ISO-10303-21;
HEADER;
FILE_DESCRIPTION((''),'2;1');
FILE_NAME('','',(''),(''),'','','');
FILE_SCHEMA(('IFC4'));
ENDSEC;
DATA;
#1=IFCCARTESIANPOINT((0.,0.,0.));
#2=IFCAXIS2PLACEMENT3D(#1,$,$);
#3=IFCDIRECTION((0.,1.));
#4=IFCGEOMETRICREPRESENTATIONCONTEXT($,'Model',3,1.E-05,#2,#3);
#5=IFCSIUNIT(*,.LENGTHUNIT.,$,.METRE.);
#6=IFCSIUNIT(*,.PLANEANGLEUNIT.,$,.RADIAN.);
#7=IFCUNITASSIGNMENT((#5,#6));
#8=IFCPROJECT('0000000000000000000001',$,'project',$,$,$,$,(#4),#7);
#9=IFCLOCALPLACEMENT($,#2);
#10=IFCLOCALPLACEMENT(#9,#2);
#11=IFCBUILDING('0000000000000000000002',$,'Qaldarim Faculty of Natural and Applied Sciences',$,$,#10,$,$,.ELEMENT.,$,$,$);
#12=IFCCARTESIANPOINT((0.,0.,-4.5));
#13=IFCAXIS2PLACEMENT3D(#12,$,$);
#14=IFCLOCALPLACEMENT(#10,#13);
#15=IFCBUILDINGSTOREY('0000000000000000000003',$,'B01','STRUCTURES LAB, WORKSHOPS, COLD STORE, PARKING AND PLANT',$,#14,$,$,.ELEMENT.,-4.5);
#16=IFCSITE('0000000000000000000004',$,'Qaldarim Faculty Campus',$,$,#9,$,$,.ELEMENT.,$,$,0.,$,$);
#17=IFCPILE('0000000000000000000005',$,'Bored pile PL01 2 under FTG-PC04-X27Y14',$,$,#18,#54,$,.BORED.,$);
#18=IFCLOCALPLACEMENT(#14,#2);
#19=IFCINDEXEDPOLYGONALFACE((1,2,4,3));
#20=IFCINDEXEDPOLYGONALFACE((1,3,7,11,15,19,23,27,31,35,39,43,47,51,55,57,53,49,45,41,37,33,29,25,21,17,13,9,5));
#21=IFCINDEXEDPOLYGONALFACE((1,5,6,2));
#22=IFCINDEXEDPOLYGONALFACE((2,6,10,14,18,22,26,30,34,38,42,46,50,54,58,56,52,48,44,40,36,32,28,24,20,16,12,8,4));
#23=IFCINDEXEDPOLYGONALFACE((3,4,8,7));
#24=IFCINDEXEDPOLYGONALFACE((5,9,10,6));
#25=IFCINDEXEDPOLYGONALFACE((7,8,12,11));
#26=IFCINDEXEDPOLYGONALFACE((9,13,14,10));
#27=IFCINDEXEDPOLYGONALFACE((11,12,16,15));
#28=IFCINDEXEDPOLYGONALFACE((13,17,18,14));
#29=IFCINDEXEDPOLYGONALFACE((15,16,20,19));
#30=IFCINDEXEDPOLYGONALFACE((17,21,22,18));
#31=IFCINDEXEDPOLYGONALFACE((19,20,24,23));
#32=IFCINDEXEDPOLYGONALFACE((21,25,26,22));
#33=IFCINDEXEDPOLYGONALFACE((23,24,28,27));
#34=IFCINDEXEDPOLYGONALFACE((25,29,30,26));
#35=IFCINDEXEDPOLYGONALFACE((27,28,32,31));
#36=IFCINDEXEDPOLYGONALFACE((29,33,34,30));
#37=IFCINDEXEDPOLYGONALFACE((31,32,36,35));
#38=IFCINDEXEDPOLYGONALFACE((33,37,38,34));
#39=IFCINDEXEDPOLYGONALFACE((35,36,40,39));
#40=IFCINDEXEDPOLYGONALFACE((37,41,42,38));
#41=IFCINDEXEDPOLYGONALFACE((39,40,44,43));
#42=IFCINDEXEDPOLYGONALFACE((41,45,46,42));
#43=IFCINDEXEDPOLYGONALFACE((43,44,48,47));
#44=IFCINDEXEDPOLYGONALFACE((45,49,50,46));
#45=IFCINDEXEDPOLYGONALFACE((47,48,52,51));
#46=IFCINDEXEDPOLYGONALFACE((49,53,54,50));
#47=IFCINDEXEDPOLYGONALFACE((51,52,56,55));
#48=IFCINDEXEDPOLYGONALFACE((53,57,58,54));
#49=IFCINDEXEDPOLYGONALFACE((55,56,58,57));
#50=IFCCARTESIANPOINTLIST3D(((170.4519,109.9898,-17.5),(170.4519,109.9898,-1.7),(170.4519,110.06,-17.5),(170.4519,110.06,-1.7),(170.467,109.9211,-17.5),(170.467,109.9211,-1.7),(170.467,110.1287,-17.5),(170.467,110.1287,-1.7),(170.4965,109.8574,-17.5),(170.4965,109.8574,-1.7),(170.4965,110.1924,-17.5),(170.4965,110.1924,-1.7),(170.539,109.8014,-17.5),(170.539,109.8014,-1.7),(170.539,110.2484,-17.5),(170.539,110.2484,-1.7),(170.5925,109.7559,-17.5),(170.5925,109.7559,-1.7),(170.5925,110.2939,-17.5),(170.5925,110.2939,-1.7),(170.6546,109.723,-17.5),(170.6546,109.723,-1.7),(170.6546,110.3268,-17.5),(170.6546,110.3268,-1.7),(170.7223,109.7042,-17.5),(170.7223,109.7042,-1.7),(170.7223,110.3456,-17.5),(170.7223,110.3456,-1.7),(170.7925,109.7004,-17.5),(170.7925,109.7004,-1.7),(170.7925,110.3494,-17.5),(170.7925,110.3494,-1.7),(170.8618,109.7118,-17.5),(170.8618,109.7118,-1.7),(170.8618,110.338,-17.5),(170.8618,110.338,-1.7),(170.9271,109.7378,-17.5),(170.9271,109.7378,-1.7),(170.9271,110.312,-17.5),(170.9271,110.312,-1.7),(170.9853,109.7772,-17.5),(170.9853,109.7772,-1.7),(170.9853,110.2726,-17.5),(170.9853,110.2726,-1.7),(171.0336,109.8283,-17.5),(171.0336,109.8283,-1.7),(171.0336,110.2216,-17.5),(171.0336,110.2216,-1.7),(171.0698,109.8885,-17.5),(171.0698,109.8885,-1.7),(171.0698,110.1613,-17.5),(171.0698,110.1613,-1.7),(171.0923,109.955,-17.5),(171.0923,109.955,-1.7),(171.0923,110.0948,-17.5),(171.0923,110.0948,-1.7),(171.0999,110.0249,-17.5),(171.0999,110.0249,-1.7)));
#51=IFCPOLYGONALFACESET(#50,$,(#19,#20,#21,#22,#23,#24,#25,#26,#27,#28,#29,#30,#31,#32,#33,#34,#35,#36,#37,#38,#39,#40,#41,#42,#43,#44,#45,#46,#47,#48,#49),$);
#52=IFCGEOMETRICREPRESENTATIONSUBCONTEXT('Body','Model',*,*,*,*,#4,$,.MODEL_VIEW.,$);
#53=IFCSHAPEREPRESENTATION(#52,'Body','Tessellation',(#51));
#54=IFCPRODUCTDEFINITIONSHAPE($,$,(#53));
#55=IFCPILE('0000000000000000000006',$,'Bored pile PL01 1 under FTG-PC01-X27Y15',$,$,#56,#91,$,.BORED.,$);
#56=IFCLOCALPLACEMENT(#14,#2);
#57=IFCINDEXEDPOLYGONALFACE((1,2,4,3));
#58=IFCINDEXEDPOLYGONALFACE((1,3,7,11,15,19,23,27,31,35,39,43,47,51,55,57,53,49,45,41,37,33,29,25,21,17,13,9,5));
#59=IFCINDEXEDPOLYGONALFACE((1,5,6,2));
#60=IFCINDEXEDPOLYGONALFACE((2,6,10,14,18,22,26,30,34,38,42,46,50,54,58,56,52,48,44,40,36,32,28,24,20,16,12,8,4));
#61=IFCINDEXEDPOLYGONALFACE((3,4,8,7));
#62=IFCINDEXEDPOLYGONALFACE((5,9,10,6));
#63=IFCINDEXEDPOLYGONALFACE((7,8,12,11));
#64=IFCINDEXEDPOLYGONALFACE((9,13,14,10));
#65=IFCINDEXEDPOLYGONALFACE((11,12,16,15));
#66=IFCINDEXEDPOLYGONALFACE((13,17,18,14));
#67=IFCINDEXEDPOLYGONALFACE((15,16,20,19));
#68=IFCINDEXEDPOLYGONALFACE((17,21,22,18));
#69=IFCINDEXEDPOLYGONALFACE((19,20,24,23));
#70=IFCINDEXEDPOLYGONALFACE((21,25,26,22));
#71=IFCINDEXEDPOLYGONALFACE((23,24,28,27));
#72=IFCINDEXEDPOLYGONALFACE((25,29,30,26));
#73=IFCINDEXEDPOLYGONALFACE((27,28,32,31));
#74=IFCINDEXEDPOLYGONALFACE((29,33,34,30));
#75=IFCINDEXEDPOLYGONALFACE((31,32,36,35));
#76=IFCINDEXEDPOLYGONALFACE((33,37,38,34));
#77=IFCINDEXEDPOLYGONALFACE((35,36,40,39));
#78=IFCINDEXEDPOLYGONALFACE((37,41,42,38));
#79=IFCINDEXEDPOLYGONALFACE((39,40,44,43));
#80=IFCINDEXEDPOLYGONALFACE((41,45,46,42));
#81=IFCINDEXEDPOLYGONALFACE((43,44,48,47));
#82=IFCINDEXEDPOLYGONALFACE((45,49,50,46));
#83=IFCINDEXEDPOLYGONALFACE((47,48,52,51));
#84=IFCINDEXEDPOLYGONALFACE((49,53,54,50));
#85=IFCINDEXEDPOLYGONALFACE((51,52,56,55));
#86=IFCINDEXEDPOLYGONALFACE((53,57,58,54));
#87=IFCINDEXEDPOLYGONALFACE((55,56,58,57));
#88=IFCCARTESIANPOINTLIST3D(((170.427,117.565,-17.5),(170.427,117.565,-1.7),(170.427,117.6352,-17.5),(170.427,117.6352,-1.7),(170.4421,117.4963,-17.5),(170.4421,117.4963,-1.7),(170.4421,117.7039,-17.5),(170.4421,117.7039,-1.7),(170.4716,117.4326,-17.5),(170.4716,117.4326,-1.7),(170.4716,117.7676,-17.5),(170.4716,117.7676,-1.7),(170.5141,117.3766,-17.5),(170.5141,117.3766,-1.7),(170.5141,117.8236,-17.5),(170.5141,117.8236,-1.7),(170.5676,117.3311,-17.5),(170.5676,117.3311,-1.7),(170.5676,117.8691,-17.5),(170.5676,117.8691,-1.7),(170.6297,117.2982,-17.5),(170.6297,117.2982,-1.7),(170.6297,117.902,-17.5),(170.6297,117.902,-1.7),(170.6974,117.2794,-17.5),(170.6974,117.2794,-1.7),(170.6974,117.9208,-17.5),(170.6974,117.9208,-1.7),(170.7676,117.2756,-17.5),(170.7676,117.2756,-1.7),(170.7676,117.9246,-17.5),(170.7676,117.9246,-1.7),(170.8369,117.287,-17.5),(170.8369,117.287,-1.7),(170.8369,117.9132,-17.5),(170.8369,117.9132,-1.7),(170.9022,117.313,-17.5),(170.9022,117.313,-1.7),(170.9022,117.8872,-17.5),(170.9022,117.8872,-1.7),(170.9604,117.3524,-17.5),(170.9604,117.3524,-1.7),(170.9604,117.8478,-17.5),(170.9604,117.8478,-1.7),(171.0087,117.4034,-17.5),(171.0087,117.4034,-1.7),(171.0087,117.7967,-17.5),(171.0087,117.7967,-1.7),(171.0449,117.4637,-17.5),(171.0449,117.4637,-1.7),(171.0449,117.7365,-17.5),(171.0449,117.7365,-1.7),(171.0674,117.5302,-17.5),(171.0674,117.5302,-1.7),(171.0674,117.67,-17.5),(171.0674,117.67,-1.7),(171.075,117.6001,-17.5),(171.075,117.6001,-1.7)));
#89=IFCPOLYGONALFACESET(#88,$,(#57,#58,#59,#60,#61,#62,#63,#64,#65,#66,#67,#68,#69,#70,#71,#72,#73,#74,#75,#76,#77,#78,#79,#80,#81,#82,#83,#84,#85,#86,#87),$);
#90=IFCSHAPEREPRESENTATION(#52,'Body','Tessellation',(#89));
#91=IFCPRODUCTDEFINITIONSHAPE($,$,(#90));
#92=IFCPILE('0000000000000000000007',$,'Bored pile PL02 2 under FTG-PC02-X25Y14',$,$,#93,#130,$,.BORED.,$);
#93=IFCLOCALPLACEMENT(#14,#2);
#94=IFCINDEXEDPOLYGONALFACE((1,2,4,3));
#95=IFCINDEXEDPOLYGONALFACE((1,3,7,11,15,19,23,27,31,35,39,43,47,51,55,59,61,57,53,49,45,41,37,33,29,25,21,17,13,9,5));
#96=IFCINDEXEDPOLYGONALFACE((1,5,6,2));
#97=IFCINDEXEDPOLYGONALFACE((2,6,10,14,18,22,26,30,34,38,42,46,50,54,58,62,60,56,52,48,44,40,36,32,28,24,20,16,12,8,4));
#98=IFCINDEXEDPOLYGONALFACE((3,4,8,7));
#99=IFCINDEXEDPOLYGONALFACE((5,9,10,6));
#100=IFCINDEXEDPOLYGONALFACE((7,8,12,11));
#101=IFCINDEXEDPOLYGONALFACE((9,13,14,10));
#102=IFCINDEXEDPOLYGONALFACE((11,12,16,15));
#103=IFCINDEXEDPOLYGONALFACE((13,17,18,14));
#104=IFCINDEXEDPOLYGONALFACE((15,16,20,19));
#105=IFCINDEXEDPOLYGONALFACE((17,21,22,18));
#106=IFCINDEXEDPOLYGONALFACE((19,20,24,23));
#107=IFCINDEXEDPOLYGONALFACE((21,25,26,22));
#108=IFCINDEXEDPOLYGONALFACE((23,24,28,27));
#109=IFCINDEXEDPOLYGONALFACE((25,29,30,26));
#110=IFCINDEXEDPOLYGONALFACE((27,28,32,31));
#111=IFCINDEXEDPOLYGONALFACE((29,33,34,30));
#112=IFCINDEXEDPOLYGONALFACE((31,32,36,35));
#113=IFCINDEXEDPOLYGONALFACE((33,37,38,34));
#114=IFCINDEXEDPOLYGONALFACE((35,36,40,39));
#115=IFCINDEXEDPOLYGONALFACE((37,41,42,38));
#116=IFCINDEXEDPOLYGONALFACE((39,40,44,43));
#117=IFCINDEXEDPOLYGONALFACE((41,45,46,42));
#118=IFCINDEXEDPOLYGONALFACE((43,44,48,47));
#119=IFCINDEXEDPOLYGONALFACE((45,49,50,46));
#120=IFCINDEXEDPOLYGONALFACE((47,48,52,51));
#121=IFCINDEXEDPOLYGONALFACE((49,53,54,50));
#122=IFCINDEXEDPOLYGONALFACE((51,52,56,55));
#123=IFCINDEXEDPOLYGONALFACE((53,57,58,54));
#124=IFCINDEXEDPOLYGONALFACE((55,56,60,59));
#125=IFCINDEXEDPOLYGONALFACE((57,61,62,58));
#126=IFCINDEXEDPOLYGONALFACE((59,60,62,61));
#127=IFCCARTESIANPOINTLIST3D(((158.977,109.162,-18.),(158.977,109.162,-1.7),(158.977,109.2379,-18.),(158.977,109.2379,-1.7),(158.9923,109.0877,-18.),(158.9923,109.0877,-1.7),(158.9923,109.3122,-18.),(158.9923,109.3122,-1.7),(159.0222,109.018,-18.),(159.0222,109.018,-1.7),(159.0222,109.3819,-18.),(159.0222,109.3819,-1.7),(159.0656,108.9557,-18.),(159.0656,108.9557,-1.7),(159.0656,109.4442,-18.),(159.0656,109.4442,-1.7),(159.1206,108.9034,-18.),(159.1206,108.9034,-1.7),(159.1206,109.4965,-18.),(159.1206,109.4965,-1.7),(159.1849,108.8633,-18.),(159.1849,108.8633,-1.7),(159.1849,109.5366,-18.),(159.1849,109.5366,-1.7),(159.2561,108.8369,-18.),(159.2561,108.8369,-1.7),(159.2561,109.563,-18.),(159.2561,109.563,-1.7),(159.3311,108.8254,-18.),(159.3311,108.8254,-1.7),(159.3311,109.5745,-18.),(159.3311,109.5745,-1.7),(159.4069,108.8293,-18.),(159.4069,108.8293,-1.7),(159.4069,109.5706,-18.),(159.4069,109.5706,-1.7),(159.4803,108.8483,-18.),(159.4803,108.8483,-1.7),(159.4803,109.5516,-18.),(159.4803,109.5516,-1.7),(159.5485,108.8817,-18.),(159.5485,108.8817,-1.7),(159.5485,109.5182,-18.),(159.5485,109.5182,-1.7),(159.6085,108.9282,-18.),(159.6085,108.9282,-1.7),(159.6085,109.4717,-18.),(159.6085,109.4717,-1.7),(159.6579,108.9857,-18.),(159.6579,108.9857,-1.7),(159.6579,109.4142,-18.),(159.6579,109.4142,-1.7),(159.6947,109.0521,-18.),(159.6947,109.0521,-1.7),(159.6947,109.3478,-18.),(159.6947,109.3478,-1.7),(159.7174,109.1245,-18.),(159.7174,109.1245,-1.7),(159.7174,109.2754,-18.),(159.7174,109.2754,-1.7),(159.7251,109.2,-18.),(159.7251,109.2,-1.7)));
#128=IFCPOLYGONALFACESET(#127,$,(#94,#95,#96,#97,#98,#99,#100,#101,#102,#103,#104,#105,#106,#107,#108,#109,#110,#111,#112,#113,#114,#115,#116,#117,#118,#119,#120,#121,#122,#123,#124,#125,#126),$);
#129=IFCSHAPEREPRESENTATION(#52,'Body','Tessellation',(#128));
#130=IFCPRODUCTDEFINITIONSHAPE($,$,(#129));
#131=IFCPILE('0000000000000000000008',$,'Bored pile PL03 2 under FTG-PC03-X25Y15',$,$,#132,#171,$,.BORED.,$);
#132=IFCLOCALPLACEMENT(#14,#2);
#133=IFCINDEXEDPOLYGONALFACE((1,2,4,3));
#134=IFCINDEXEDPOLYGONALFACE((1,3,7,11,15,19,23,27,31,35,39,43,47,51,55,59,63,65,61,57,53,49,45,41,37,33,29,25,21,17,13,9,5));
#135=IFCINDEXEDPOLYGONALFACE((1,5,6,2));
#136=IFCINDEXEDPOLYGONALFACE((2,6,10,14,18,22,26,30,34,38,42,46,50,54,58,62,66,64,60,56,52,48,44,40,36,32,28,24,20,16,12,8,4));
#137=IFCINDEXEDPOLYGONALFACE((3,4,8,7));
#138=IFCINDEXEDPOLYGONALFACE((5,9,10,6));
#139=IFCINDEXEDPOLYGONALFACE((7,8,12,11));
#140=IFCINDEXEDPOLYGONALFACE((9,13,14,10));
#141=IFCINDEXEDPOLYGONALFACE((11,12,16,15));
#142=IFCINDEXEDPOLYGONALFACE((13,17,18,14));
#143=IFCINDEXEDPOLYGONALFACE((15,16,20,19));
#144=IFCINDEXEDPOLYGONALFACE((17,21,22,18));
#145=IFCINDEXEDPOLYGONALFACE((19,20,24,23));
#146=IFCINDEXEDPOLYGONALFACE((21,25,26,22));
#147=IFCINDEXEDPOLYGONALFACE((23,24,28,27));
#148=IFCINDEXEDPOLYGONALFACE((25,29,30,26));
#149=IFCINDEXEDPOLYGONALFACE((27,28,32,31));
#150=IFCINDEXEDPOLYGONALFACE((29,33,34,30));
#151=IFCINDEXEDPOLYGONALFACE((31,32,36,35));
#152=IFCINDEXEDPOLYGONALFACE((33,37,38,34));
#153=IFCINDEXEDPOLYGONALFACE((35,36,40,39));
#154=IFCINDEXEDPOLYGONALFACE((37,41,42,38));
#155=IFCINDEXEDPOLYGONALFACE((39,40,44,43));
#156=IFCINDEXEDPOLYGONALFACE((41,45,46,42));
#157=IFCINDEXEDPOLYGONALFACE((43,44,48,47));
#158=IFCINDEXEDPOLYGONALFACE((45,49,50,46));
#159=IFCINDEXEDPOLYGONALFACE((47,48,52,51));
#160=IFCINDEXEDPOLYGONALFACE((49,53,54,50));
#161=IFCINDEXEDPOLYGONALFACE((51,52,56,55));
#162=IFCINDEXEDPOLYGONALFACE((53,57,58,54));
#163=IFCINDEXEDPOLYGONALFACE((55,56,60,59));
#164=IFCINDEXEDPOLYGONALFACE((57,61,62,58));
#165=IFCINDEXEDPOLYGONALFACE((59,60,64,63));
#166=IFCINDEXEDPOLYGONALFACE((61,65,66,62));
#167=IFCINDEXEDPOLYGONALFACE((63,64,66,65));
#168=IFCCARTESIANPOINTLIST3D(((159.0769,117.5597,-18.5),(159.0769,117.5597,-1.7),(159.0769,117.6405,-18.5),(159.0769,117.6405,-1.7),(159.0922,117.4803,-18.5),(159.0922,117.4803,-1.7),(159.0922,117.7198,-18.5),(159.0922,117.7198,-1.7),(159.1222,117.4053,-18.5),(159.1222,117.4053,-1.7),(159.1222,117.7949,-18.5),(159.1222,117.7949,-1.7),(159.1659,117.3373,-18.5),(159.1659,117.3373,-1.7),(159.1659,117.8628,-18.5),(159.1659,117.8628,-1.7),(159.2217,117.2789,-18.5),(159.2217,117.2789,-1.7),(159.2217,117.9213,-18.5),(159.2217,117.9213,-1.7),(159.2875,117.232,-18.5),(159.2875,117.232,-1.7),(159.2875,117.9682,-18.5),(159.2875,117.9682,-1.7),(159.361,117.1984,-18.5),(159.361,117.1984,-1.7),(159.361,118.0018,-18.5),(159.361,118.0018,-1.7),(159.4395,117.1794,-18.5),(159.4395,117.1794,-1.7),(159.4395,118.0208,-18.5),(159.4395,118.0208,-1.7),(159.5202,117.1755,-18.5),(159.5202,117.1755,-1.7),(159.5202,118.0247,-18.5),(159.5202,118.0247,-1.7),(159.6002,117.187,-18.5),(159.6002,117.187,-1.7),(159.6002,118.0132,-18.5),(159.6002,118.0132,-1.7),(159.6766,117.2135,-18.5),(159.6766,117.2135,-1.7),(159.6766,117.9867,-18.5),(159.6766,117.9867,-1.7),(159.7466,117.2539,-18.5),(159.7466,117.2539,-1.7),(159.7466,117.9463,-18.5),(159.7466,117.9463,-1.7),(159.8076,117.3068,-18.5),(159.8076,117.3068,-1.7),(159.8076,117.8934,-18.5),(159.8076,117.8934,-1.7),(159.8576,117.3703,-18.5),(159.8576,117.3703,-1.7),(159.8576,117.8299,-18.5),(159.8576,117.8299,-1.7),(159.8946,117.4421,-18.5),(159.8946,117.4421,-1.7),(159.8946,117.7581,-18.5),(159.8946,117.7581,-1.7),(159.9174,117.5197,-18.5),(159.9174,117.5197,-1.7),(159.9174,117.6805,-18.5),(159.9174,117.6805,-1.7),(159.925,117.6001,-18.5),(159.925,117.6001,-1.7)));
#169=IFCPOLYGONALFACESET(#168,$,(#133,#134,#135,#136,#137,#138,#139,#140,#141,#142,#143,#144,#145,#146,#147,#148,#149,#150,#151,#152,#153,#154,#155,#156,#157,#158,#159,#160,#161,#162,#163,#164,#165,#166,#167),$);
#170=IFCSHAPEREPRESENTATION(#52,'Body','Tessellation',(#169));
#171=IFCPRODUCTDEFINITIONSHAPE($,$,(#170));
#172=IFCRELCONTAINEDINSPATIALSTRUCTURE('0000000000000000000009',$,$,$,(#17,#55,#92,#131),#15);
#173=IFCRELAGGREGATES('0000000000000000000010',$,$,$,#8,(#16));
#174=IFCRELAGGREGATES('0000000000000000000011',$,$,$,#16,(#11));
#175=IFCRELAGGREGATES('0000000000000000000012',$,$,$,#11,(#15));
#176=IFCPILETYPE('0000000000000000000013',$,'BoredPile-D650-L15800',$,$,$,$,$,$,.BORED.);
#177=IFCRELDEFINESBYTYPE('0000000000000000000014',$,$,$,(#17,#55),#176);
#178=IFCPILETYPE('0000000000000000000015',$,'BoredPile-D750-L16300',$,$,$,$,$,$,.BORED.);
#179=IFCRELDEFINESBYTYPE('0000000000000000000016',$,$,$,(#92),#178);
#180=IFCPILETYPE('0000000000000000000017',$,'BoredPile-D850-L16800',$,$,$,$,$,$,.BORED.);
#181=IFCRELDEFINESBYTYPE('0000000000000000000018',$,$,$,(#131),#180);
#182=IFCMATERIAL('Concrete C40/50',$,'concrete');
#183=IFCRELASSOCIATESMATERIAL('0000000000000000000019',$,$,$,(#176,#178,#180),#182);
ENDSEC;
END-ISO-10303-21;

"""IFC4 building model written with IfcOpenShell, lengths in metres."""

from ifc_helpers import new_model, si_unit, direction, frame, origin, origin_2d, place, context, subcontext, project, spatial, circle, extrude, material, material_profile, profile_set, type_object, element, save


model = new_model("IFC4")

# Units and contexts
model_context = context("Model", 3, precision=1e-05, world=origin(), true_north=direction((0.0, 1.0)))
body_context = subcontext(model_context, "Body", "Model", "MODEL_VIEW")
ifc_project = project(units=[si_unit("LENGTHUNIT", "METRE"), si_unit("PLANEANGLEUNIT", "RADIAN")], contexts=[model_context])

# Site, building, storey
site_placement = place(None, origin())
site = spatial("IfcSite", under=ifc_project, at=site_placement, Name="Qaldarim Faculty Campus", CompositionType="ELEMENT", RefElevation=0.0)
building_placement = place(site_placement, origin())
building = spatial("IfcBuilding", under=site, at=building_placement, Name="Qaldarim Faculty of Natural and Applied Sciences", CompositionType="ELEMENT")
storey_placement = place(building_placement, frame((0.0, 0.0, -4.5)))
storey = spatial("IfcBuildingStorey", under=building, at=storey_placement, Name="B01", Description="STRUCTURES LAB, WORKSHOPS, COLD STORE, PARKING AND PLANT", CompositionType="ELEMENT", Elevation=-4.5)

# Piles
ifc_material_1 = material(Name="Concrete C40/50", Category="concrete")
ifc_material_profile_1 = material_profile(ifc_material_1, circle(Radius=0.325, at=origin_2d()), Name="PILE-D650")
ifc_profile_set_1 = profile_set([ifc_material_profile_1], Name="Concrete C40/50")
pile_type_1 = type_object("IfcPileType", Name="BoredPile-D650-L15800", PredefinedType="BORED", material=ifc_profile_set_1)
for number, where, z_axis, x_axis, name in (
    (1, (170.7749, 110.0249, -1.7), (0.0, 0.0, -1.0), (1.0, 0.0, 0.0), "Bored pile PL01 2 under FTG-PC04-X27Y14"),
    (2, (170.75, 117.6001, -1.7), (0.0, 0.0, -1.0), (1.0, 0.0, 0.0), "Bored pile PL01 1 under FTG-PC01-X27Y15"),
):
    element("IfcPile", number, at=place(storey_placement, frame(where, z_axis=z_axis, x_axis=x_axis)), inside=storey, type_object=pile_type_1, Name=name, PredefinedType="BORED", context=body_context, shape_type="SweptSolid", body=[
        extrude(circle(Radius=0.325, at=origin_2d()), origin(), (0.0, 0.0, 1.0), 15.8),
    ])
ifc_material_profile_2 = material_profile(ifc_material_1, circle(Radius=0.375, at=origin_2d()), Name="PILE-D750")
ifc_profile_set_2 = profile_set([ifc_material_profile_2], Name="Concrete C40/50")
pile_type_2 = type_object("IfcPileType", Name="BoredPile-D750-L16300", PredefinedType="BORED", material=ifc_profile_set_2)
pile_placement = place(storey_placement, frame((159.3501, 109.2, -1.7), z_axis=(0.0, 0.0, -1.0), x_axis=(1.0, 0.0, 0.0)))
element("IfcPile", 3, at=pile_placement, inside=storey, type_object=pile_type_2, Name="Bored pile PL02 2 under FTG-PC02-X25Y14", PredefinedType="BORED", context=body_context, shape_type="SweptSolid", body=[
    extrude(circle(Radius=0.375, at=origin_2d()), origin(), (0.0, 0.0, 1.0), 16.3),
])
ifc_material_profile_3 = material_profile(ifc_material_1, circle(Radius=0.425, at=origin_2d()), Name="PILE-D850")
ifc_profile_set_3 = profile_set([ifc_material_profile_3], Name="Concrete C40/50")
pile_type_3 = type_object("IfcPileType", Name="BoredPile-D850-L16800", PredefinedType="BORED", material=ifc_profile_set_3)
for number, where, z_axis, x_axis, name in (
    (4, (159.5, 117.6001, -1.7), (0.0, 0.0, -1.0), (1.0, 0.0, 0.0), "Bored pile PL03 2 under FTG-PC03-X25Y15"),
):
    element("IfcPile", number, at=place(storey_placement, frame(where, z_axis=z_axis, x_axis=x_axis)), inside=storey, type_object=pile_type_3, Name=name, PredefinedType="BORED", context=body_context, shape_type="SweptSolid", body=[
        extrude(circle(Radius=0.425, at=origin_2d()), origin(), (0.0, 0.0, 1.0), 16.8),
    ])

save(model, "model.ifc")
